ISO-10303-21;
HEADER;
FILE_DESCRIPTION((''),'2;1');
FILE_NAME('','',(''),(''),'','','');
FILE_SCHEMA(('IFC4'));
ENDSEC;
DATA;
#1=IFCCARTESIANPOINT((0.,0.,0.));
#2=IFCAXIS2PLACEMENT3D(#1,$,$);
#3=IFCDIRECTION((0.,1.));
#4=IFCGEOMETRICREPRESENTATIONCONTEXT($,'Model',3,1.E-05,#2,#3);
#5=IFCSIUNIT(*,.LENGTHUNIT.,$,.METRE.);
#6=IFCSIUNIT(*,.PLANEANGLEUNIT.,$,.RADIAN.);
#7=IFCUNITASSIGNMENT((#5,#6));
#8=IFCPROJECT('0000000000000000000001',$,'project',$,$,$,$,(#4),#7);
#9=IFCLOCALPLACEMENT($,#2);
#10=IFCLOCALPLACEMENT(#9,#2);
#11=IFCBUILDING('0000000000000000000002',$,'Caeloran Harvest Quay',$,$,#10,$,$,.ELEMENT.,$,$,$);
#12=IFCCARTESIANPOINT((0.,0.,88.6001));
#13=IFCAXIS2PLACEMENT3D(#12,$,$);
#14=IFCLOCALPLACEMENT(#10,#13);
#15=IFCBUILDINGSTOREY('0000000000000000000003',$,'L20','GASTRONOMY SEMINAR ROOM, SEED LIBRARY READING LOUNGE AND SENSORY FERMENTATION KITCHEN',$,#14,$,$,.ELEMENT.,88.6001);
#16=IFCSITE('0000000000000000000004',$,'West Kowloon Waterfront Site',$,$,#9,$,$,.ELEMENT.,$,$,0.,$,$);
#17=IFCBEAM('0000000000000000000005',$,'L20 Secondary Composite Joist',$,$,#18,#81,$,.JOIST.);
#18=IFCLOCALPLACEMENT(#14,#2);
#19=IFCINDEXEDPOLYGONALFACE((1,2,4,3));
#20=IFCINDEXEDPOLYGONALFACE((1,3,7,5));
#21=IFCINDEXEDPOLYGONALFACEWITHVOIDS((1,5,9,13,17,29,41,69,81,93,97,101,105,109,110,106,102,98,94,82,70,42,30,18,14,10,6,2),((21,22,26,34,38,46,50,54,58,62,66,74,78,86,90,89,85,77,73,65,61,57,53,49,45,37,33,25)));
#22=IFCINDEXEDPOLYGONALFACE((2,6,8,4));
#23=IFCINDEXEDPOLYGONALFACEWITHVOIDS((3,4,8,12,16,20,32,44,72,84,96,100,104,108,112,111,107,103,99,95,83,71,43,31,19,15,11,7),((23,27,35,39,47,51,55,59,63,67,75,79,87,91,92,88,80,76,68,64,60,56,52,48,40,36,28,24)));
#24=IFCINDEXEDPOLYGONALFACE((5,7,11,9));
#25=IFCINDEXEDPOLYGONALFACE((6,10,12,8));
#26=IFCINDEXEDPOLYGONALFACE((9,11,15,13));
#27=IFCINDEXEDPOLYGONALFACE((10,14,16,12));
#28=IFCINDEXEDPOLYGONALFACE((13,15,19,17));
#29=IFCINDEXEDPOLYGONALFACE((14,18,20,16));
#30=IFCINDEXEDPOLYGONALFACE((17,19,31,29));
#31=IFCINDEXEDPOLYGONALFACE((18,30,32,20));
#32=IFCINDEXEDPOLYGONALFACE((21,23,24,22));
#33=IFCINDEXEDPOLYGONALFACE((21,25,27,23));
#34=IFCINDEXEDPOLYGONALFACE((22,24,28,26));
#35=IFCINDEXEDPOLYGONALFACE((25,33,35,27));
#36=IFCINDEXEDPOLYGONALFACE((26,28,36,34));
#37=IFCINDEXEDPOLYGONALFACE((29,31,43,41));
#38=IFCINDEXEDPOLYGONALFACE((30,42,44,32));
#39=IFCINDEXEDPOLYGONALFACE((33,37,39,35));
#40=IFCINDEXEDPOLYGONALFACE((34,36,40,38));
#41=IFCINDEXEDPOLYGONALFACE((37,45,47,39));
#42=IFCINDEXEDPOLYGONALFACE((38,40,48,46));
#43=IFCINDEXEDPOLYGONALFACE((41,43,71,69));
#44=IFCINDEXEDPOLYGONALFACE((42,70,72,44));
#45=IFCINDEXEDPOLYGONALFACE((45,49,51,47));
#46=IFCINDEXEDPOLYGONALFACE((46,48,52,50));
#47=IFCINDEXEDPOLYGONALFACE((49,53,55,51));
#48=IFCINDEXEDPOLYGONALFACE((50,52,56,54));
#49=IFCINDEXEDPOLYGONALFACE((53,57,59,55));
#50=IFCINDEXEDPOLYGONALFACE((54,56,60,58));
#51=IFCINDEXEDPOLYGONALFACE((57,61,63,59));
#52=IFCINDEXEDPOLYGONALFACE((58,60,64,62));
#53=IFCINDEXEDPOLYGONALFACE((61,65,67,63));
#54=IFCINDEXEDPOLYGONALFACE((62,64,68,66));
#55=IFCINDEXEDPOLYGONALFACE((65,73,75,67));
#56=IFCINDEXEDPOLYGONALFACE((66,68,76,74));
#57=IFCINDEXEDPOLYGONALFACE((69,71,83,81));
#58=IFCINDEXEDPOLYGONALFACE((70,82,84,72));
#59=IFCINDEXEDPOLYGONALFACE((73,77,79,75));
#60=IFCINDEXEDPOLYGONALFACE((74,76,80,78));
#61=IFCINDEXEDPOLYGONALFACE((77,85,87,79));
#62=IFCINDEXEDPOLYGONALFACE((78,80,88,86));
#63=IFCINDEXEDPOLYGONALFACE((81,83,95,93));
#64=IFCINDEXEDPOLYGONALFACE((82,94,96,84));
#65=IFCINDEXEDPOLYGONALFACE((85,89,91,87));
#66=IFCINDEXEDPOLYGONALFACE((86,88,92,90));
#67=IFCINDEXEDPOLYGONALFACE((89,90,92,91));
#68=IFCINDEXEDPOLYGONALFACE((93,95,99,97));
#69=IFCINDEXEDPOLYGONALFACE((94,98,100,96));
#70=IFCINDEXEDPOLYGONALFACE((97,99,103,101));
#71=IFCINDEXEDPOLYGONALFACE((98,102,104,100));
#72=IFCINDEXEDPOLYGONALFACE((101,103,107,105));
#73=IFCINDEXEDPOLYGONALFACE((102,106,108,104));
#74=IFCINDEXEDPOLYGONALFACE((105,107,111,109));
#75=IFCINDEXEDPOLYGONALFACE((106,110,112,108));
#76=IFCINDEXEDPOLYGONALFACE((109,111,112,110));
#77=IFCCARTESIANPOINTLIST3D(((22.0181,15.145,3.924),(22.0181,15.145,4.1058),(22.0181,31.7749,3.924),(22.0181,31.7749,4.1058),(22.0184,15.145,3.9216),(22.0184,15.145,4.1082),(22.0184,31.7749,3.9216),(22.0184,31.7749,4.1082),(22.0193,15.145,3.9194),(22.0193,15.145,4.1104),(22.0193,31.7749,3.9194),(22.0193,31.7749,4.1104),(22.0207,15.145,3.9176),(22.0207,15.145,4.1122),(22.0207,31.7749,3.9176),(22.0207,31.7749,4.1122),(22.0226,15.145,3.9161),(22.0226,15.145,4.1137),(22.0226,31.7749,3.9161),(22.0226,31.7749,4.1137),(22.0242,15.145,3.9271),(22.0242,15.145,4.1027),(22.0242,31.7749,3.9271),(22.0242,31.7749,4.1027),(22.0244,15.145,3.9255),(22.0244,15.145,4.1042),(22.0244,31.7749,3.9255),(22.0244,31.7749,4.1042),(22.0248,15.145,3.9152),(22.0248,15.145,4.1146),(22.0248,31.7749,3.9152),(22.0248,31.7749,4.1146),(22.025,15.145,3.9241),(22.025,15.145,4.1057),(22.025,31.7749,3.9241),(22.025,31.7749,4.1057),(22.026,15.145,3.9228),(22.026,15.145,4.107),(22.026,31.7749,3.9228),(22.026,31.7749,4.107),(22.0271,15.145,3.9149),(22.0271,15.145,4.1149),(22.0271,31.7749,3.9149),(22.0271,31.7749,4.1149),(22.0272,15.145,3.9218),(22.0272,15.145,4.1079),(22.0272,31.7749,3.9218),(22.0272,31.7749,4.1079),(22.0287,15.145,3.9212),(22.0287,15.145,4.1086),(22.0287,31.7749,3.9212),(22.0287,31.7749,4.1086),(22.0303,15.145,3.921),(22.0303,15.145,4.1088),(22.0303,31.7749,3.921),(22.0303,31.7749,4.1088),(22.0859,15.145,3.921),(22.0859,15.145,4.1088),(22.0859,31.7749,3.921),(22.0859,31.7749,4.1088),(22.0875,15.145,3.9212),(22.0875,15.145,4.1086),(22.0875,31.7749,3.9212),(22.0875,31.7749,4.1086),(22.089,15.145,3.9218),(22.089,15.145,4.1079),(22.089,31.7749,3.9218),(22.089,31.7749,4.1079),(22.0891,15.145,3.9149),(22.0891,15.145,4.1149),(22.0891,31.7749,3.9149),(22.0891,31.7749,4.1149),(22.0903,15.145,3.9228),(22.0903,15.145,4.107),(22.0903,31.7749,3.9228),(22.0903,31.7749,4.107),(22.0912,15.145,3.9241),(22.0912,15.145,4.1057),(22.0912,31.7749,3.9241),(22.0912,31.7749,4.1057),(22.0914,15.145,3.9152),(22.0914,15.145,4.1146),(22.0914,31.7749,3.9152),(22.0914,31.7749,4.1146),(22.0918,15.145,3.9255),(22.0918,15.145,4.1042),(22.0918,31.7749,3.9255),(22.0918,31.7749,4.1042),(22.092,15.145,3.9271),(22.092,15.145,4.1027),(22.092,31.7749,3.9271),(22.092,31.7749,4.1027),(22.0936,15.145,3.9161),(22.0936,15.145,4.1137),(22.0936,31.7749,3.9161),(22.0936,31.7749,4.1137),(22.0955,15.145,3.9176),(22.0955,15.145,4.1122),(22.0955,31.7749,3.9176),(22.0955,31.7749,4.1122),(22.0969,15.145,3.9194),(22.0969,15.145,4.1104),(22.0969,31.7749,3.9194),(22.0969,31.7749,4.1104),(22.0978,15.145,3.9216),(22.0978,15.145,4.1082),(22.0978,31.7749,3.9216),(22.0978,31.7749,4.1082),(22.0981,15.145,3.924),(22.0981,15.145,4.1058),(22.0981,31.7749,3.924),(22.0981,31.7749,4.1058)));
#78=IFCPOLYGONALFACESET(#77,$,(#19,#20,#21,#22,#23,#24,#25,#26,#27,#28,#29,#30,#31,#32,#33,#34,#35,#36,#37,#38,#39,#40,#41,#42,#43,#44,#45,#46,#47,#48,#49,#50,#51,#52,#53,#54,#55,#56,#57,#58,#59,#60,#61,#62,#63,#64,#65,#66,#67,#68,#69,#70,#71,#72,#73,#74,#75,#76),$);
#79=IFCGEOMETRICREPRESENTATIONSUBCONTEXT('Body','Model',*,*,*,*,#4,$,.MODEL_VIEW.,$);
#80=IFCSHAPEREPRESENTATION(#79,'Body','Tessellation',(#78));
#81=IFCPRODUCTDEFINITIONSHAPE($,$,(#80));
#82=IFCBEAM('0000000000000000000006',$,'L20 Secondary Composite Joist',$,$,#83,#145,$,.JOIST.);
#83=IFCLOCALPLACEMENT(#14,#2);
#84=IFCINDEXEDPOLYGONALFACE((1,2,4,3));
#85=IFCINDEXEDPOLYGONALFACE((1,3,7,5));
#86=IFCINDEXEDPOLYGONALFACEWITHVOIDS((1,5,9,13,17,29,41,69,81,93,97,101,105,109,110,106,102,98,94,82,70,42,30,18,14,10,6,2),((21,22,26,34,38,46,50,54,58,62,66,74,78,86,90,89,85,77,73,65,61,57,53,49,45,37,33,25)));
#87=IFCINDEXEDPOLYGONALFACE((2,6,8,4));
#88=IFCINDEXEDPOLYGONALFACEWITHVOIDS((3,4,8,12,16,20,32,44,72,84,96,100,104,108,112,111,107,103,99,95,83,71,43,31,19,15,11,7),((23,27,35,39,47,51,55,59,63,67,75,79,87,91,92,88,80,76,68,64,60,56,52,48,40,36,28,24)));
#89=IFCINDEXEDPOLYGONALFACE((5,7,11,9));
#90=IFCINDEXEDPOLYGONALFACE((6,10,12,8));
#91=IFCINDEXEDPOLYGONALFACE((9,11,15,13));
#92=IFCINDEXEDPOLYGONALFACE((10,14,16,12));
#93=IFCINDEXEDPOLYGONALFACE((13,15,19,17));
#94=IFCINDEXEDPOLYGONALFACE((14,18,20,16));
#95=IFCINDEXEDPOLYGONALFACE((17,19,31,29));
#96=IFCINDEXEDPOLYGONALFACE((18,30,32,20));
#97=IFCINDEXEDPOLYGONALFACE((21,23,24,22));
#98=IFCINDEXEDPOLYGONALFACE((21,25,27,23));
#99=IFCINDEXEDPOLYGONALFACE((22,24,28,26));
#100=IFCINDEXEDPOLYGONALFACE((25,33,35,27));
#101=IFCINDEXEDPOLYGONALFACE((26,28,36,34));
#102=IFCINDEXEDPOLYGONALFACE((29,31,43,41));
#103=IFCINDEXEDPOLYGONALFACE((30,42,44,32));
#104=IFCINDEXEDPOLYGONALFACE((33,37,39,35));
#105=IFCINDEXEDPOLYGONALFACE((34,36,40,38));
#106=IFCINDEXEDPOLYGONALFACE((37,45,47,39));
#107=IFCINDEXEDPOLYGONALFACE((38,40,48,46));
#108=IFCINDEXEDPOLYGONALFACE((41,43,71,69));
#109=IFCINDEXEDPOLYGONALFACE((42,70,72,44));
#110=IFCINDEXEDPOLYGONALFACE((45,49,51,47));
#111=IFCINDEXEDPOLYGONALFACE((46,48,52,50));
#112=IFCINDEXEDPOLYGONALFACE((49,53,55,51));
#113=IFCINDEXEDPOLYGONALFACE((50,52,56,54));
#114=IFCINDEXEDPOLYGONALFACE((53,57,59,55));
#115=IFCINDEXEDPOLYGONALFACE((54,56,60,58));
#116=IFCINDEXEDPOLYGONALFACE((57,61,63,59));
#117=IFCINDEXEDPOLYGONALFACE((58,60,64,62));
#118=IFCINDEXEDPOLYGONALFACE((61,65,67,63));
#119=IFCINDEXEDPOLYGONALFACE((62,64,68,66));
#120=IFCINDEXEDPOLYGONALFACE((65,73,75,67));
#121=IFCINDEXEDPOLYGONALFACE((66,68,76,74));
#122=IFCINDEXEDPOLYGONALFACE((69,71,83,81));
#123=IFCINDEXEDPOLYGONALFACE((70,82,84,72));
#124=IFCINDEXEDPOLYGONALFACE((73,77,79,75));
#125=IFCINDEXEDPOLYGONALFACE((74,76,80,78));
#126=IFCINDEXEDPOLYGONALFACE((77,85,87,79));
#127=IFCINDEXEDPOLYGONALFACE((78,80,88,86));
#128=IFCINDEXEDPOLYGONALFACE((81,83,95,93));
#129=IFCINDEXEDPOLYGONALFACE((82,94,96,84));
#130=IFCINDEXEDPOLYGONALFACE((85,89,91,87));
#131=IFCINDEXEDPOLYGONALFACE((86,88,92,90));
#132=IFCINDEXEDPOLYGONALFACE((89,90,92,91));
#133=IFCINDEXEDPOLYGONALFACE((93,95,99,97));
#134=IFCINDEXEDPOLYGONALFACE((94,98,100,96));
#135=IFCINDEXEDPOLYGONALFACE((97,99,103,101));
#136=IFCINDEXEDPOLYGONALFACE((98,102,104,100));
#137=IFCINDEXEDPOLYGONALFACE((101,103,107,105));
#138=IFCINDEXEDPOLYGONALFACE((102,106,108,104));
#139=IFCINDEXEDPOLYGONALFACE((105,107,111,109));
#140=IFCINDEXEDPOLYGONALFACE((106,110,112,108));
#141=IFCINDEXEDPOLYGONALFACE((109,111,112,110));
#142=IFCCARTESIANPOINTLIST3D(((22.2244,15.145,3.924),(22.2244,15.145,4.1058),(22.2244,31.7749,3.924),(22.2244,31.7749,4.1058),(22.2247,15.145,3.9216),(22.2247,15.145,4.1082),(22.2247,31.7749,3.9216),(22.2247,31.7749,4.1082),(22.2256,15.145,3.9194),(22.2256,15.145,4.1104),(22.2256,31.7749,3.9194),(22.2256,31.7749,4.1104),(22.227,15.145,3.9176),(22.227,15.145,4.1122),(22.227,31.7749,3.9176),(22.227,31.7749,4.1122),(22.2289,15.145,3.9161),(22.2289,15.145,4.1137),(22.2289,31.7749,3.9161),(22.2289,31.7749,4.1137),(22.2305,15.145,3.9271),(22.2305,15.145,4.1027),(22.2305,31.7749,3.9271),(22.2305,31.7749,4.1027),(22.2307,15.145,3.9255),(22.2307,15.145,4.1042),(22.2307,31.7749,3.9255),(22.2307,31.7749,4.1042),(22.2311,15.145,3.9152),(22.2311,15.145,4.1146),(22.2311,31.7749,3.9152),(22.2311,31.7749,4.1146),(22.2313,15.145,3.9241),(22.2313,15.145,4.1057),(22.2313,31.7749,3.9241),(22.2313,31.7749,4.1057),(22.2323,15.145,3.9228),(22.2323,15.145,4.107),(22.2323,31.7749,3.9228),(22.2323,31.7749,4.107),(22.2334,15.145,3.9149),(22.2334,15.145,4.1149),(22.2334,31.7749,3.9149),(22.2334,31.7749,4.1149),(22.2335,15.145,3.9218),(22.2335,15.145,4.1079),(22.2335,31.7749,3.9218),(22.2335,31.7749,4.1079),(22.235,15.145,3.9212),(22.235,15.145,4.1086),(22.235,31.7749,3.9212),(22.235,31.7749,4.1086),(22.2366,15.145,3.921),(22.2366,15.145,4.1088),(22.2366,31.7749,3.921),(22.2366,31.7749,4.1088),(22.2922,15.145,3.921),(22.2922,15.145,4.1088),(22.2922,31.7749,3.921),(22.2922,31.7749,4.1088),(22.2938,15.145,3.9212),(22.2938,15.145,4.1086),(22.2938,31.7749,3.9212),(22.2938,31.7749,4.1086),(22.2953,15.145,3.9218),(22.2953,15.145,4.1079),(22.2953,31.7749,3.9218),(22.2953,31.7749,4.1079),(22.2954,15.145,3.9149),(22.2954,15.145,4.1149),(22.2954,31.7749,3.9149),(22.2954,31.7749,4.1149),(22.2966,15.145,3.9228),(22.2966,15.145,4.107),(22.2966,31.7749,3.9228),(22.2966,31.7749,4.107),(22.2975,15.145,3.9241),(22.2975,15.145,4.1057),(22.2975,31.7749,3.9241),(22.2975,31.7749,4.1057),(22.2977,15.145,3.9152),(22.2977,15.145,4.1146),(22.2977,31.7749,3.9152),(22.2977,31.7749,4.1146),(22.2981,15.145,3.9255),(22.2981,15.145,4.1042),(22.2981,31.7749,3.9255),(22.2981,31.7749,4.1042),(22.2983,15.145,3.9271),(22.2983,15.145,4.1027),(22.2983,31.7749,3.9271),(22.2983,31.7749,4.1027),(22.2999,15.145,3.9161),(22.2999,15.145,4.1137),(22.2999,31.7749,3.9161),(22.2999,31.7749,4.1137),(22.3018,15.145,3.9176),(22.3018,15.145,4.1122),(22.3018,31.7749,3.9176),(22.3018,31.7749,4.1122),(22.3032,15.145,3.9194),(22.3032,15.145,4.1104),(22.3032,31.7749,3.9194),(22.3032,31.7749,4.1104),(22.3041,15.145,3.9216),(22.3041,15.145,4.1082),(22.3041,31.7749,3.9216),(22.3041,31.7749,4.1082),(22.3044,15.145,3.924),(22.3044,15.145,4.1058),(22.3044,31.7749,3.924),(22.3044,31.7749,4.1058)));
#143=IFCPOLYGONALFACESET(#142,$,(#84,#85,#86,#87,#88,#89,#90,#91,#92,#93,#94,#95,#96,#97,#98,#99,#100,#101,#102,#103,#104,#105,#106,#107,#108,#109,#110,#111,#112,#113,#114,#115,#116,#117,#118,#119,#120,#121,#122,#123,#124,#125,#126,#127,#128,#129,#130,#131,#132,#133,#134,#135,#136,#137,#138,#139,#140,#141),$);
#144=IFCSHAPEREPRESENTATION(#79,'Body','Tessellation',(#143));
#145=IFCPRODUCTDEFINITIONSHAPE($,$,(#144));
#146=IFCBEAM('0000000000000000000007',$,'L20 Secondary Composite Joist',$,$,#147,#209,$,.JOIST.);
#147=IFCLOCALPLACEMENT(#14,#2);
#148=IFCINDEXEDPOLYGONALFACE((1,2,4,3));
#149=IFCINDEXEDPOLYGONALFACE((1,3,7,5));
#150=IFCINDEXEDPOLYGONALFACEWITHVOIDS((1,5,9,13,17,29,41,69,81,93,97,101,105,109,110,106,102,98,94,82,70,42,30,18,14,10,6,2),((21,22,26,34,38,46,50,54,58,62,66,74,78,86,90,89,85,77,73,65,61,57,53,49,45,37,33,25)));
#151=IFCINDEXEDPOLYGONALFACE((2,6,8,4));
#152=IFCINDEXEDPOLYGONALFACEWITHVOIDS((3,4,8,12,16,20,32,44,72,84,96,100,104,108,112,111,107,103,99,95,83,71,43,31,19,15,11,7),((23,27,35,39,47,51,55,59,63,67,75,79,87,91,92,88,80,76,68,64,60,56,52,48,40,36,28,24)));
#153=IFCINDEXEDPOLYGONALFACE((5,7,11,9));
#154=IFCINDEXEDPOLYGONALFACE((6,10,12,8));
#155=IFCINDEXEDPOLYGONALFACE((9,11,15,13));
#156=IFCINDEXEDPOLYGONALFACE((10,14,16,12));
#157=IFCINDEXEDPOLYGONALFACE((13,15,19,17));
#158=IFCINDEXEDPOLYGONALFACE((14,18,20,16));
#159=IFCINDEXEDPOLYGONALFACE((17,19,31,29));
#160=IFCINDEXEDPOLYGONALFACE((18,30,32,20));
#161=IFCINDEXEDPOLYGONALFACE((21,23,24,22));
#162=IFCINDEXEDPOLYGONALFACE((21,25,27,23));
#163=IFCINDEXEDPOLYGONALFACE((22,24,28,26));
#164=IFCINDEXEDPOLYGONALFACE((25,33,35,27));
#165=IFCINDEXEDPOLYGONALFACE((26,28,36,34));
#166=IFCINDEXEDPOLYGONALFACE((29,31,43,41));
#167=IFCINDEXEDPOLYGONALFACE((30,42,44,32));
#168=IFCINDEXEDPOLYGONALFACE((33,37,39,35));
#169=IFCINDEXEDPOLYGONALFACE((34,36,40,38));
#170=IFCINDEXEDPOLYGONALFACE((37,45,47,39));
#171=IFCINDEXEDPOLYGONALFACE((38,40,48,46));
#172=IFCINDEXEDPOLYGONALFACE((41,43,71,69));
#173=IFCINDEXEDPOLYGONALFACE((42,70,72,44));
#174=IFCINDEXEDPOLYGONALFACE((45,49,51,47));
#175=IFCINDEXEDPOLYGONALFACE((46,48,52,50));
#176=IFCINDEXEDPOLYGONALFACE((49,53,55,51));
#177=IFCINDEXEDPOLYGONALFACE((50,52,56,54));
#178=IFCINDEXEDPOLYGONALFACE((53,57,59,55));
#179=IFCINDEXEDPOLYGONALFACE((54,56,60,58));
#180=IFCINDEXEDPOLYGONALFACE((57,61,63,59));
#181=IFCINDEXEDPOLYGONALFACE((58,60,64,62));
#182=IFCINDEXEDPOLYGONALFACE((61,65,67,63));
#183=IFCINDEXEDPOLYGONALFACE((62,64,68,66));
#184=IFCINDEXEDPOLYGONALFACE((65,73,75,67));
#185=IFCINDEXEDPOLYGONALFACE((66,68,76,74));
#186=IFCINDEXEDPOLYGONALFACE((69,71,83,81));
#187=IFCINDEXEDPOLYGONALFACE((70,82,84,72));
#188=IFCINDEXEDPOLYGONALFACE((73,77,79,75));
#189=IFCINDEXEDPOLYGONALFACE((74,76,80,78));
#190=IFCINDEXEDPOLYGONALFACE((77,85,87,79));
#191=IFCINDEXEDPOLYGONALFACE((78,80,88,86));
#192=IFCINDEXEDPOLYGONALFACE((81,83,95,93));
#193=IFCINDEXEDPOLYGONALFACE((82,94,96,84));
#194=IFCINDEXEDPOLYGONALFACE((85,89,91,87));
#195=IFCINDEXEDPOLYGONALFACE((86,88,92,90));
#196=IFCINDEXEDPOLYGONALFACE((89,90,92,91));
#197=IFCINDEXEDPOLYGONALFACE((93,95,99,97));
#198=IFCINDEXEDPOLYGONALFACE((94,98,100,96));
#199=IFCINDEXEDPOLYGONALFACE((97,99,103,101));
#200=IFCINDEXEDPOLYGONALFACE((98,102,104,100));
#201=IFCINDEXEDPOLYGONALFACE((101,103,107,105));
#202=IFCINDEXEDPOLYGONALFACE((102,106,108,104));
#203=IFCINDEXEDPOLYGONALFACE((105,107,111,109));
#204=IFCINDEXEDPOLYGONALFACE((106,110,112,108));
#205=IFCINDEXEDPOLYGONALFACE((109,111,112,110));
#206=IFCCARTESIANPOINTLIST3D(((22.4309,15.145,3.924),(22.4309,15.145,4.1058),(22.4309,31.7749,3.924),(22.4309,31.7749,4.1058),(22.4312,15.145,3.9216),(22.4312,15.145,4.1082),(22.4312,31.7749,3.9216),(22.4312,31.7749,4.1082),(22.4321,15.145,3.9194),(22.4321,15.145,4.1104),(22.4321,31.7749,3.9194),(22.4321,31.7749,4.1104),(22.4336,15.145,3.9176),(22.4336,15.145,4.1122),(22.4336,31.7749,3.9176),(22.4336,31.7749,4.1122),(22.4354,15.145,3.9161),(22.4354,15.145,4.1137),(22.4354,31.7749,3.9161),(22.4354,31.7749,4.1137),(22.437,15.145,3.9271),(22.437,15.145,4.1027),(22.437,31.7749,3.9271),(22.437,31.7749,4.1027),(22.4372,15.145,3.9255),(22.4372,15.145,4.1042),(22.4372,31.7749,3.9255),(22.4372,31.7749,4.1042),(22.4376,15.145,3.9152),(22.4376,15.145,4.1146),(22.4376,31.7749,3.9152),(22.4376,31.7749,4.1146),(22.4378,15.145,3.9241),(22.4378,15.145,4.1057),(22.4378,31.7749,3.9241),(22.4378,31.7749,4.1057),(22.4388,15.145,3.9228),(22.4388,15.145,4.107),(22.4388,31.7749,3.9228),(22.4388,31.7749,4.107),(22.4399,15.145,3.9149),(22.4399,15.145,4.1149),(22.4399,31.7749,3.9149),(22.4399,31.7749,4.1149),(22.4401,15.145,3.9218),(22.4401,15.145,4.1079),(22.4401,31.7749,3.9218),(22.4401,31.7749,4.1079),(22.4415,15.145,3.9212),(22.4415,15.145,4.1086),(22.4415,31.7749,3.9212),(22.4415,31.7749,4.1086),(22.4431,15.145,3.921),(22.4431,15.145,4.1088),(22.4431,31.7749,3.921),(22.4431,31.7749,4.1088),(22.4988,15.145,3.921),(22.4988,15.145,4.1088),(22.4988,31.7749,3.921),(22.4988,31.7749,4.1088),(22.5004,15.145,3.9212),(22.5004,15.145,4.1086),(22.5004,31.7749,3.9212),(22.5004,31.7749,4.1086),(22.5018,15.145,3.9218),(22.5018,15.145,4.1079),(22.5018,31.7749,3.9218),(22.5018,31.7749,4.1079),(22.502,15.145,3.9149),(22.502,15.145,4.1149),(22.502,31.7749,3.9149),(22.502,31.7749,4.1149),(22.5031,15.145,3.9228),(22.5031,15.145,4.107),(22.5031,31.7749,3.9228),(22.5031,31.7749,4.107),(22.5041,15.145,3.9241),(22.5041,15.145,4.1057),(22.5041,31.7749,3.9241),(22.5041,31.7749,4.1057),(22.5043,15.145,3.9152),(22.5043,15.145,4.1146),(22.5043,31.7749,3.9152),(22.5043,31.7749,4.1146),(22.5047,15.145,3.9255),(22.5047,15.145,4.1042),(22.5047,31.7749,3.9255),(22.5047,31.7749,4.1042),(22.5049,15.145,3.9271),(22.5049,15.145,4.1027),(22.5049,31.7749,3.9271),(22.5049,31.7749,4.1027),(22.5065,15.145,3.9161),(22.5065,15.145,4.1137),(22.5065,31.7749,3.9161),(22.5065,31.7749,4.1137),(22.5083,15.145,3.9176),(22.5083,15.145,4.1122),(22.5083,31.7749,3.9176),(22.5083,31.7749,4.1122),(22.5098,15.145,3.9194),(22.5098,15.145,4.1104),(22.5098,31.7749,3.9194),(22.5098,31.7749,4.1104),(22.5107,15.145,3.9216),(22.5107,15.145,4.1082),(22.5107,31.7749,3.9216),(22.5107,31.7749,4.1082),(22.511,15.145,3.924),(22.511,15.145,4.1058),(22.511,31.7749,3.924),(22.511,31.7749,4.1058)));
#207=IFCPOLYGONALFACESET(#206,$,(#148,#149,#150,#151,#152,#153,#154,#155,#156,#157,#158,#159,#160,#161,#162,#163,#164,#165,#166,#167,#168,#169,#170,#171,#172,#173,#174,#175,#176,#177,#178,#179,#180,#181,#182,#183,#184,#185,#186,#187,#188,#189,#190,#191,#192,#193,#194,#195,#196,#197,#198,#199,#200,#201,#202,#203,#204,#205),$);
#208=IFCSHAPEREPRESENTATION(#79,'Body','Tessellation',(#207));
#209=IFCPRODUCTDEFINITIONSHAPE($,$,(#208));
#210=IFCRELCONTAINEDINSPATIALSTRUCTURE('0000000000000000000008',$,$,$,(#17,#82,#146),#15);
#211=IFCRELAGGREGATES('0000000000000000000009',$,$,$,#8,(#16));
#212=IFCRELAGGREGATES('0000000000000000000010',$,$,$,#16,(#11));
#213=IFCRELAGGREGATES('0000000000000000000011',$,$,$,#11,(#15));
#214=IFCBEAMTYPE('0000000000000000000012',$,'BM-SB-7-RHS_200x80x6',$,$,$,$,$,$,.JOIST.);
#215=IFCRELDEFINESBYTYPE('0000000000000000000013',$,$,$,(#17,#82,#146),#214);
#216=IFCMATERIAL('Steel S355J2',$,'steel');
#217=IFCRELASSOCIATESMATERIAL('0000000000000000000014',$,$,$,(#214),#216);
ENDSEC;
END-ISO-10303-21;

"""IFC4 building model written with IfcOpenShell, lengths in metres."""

from ifc_helpers import new_model, si_unit, direction, frame, origin, origin_2d, place, context, subcontext, project, spatial, hollow_rectangle, extrude, material, material_profile, profile_set, type_object, element, save


model = new_model("IFC4")

# Units and contexts
model_context = context("Model", 3, precision=1e-05, world=origin(), true_north=direction((0.0, 1.0)))
body_context = subcontext(model_context, "Body", "Model", "MODEL_VIEW")
ifc_project = project(units=[si_unit("LENGTHUNIT", "METRE"), si_unit("PLANEANGLEUNIT", "RADIAN")], contexts=[model_context])

# Site, building, storey
site_placement = place(None, origin())
site = spatial("IfcSite", under=ifc_project, at=site_placement, Name="West Kowloon Waterfront Site", CompositionType="ELEMENT", RefElevation=0.0)
building_placement = place(site_placement, origin())
building = spatial("IfcBuilding", under=site, at=building_placement, Name="Caeloran Harvest Quay", CompositionType="ELEMENT")
storey_placement = place(building_placement, frame((0.0, 0.0, 88.6001)))
storey = spatial("IfcBuildingStorey", under=building, at=storey_placement, Name="L20", Description="GASTRONOMY SEMINAR ROOM, SEED LIBRARY READING LOUNGE AND SENSORY FERMENTATION KITCHEN", CompositionType="ELEMENT", Elevation=88.6001)

# Beams
ifc_material_1 = material(Name="Steel S355J2", Category="steel")
ifc_material_profile_1 = material_profile(ifc_material_1, hollow_rectangle(XDim=0.0801, YDim=0.2, WallThickness=0.0061, InnerFilletRadius=0.0061, OuterFilletRadius=0.009, at=origin_2d()), Name="RHS 200x80x6")
ifc_profile_set_1 = profile_set([ifc_material_profile_1], Name="Steel S355J2")
beam_type_1 = type_object("IfcBeamType", Name="BM-SB-7-RHS_200x80x6", PredefinedType="JOIST", material=ifc_profile_set_1)
for number, where, z_axis, x_axis, name in (
    (1, (22.0581, 15.145, 4.0149), (0.0, 1.0, 0.0), (-1.0, 0.0, 0.0), "L20 Secondary Composite Joist"),
    (2, (22.2644, 15.145, 4.0149), (0.0, 1.0, 0.0), (-1.0, 0.0, 0.0), "L20 Secondary Composite Joist"),
    (3, (22.4709, 15.145, 4.0149), (0.0, 1.0, 0.0), (-1.0, 0.0, 0.0), "L20 Secondary Composite Joist"),
):
    element("IfcBeam", number, at=place(storey_placement, frame(where, z_axis=z_axis, x_axis=x_axis)), inside=storey, type_object=beam_type_1, Name=name, PredefinedType="JOIST", context=body_context, shape_type="SweptSolid", body=[
        extrude(hollow_rectangle(XDim=0.0801, YDim=0.2, WallThickness=0.0061, InnerFilletRadius=0.0061, OuterFilletRadius=0.009, at=origin_2d()), origin(), (0.0, 0.0, 1.0), 16.6299),
    ])

save(model, "model.ifc")
